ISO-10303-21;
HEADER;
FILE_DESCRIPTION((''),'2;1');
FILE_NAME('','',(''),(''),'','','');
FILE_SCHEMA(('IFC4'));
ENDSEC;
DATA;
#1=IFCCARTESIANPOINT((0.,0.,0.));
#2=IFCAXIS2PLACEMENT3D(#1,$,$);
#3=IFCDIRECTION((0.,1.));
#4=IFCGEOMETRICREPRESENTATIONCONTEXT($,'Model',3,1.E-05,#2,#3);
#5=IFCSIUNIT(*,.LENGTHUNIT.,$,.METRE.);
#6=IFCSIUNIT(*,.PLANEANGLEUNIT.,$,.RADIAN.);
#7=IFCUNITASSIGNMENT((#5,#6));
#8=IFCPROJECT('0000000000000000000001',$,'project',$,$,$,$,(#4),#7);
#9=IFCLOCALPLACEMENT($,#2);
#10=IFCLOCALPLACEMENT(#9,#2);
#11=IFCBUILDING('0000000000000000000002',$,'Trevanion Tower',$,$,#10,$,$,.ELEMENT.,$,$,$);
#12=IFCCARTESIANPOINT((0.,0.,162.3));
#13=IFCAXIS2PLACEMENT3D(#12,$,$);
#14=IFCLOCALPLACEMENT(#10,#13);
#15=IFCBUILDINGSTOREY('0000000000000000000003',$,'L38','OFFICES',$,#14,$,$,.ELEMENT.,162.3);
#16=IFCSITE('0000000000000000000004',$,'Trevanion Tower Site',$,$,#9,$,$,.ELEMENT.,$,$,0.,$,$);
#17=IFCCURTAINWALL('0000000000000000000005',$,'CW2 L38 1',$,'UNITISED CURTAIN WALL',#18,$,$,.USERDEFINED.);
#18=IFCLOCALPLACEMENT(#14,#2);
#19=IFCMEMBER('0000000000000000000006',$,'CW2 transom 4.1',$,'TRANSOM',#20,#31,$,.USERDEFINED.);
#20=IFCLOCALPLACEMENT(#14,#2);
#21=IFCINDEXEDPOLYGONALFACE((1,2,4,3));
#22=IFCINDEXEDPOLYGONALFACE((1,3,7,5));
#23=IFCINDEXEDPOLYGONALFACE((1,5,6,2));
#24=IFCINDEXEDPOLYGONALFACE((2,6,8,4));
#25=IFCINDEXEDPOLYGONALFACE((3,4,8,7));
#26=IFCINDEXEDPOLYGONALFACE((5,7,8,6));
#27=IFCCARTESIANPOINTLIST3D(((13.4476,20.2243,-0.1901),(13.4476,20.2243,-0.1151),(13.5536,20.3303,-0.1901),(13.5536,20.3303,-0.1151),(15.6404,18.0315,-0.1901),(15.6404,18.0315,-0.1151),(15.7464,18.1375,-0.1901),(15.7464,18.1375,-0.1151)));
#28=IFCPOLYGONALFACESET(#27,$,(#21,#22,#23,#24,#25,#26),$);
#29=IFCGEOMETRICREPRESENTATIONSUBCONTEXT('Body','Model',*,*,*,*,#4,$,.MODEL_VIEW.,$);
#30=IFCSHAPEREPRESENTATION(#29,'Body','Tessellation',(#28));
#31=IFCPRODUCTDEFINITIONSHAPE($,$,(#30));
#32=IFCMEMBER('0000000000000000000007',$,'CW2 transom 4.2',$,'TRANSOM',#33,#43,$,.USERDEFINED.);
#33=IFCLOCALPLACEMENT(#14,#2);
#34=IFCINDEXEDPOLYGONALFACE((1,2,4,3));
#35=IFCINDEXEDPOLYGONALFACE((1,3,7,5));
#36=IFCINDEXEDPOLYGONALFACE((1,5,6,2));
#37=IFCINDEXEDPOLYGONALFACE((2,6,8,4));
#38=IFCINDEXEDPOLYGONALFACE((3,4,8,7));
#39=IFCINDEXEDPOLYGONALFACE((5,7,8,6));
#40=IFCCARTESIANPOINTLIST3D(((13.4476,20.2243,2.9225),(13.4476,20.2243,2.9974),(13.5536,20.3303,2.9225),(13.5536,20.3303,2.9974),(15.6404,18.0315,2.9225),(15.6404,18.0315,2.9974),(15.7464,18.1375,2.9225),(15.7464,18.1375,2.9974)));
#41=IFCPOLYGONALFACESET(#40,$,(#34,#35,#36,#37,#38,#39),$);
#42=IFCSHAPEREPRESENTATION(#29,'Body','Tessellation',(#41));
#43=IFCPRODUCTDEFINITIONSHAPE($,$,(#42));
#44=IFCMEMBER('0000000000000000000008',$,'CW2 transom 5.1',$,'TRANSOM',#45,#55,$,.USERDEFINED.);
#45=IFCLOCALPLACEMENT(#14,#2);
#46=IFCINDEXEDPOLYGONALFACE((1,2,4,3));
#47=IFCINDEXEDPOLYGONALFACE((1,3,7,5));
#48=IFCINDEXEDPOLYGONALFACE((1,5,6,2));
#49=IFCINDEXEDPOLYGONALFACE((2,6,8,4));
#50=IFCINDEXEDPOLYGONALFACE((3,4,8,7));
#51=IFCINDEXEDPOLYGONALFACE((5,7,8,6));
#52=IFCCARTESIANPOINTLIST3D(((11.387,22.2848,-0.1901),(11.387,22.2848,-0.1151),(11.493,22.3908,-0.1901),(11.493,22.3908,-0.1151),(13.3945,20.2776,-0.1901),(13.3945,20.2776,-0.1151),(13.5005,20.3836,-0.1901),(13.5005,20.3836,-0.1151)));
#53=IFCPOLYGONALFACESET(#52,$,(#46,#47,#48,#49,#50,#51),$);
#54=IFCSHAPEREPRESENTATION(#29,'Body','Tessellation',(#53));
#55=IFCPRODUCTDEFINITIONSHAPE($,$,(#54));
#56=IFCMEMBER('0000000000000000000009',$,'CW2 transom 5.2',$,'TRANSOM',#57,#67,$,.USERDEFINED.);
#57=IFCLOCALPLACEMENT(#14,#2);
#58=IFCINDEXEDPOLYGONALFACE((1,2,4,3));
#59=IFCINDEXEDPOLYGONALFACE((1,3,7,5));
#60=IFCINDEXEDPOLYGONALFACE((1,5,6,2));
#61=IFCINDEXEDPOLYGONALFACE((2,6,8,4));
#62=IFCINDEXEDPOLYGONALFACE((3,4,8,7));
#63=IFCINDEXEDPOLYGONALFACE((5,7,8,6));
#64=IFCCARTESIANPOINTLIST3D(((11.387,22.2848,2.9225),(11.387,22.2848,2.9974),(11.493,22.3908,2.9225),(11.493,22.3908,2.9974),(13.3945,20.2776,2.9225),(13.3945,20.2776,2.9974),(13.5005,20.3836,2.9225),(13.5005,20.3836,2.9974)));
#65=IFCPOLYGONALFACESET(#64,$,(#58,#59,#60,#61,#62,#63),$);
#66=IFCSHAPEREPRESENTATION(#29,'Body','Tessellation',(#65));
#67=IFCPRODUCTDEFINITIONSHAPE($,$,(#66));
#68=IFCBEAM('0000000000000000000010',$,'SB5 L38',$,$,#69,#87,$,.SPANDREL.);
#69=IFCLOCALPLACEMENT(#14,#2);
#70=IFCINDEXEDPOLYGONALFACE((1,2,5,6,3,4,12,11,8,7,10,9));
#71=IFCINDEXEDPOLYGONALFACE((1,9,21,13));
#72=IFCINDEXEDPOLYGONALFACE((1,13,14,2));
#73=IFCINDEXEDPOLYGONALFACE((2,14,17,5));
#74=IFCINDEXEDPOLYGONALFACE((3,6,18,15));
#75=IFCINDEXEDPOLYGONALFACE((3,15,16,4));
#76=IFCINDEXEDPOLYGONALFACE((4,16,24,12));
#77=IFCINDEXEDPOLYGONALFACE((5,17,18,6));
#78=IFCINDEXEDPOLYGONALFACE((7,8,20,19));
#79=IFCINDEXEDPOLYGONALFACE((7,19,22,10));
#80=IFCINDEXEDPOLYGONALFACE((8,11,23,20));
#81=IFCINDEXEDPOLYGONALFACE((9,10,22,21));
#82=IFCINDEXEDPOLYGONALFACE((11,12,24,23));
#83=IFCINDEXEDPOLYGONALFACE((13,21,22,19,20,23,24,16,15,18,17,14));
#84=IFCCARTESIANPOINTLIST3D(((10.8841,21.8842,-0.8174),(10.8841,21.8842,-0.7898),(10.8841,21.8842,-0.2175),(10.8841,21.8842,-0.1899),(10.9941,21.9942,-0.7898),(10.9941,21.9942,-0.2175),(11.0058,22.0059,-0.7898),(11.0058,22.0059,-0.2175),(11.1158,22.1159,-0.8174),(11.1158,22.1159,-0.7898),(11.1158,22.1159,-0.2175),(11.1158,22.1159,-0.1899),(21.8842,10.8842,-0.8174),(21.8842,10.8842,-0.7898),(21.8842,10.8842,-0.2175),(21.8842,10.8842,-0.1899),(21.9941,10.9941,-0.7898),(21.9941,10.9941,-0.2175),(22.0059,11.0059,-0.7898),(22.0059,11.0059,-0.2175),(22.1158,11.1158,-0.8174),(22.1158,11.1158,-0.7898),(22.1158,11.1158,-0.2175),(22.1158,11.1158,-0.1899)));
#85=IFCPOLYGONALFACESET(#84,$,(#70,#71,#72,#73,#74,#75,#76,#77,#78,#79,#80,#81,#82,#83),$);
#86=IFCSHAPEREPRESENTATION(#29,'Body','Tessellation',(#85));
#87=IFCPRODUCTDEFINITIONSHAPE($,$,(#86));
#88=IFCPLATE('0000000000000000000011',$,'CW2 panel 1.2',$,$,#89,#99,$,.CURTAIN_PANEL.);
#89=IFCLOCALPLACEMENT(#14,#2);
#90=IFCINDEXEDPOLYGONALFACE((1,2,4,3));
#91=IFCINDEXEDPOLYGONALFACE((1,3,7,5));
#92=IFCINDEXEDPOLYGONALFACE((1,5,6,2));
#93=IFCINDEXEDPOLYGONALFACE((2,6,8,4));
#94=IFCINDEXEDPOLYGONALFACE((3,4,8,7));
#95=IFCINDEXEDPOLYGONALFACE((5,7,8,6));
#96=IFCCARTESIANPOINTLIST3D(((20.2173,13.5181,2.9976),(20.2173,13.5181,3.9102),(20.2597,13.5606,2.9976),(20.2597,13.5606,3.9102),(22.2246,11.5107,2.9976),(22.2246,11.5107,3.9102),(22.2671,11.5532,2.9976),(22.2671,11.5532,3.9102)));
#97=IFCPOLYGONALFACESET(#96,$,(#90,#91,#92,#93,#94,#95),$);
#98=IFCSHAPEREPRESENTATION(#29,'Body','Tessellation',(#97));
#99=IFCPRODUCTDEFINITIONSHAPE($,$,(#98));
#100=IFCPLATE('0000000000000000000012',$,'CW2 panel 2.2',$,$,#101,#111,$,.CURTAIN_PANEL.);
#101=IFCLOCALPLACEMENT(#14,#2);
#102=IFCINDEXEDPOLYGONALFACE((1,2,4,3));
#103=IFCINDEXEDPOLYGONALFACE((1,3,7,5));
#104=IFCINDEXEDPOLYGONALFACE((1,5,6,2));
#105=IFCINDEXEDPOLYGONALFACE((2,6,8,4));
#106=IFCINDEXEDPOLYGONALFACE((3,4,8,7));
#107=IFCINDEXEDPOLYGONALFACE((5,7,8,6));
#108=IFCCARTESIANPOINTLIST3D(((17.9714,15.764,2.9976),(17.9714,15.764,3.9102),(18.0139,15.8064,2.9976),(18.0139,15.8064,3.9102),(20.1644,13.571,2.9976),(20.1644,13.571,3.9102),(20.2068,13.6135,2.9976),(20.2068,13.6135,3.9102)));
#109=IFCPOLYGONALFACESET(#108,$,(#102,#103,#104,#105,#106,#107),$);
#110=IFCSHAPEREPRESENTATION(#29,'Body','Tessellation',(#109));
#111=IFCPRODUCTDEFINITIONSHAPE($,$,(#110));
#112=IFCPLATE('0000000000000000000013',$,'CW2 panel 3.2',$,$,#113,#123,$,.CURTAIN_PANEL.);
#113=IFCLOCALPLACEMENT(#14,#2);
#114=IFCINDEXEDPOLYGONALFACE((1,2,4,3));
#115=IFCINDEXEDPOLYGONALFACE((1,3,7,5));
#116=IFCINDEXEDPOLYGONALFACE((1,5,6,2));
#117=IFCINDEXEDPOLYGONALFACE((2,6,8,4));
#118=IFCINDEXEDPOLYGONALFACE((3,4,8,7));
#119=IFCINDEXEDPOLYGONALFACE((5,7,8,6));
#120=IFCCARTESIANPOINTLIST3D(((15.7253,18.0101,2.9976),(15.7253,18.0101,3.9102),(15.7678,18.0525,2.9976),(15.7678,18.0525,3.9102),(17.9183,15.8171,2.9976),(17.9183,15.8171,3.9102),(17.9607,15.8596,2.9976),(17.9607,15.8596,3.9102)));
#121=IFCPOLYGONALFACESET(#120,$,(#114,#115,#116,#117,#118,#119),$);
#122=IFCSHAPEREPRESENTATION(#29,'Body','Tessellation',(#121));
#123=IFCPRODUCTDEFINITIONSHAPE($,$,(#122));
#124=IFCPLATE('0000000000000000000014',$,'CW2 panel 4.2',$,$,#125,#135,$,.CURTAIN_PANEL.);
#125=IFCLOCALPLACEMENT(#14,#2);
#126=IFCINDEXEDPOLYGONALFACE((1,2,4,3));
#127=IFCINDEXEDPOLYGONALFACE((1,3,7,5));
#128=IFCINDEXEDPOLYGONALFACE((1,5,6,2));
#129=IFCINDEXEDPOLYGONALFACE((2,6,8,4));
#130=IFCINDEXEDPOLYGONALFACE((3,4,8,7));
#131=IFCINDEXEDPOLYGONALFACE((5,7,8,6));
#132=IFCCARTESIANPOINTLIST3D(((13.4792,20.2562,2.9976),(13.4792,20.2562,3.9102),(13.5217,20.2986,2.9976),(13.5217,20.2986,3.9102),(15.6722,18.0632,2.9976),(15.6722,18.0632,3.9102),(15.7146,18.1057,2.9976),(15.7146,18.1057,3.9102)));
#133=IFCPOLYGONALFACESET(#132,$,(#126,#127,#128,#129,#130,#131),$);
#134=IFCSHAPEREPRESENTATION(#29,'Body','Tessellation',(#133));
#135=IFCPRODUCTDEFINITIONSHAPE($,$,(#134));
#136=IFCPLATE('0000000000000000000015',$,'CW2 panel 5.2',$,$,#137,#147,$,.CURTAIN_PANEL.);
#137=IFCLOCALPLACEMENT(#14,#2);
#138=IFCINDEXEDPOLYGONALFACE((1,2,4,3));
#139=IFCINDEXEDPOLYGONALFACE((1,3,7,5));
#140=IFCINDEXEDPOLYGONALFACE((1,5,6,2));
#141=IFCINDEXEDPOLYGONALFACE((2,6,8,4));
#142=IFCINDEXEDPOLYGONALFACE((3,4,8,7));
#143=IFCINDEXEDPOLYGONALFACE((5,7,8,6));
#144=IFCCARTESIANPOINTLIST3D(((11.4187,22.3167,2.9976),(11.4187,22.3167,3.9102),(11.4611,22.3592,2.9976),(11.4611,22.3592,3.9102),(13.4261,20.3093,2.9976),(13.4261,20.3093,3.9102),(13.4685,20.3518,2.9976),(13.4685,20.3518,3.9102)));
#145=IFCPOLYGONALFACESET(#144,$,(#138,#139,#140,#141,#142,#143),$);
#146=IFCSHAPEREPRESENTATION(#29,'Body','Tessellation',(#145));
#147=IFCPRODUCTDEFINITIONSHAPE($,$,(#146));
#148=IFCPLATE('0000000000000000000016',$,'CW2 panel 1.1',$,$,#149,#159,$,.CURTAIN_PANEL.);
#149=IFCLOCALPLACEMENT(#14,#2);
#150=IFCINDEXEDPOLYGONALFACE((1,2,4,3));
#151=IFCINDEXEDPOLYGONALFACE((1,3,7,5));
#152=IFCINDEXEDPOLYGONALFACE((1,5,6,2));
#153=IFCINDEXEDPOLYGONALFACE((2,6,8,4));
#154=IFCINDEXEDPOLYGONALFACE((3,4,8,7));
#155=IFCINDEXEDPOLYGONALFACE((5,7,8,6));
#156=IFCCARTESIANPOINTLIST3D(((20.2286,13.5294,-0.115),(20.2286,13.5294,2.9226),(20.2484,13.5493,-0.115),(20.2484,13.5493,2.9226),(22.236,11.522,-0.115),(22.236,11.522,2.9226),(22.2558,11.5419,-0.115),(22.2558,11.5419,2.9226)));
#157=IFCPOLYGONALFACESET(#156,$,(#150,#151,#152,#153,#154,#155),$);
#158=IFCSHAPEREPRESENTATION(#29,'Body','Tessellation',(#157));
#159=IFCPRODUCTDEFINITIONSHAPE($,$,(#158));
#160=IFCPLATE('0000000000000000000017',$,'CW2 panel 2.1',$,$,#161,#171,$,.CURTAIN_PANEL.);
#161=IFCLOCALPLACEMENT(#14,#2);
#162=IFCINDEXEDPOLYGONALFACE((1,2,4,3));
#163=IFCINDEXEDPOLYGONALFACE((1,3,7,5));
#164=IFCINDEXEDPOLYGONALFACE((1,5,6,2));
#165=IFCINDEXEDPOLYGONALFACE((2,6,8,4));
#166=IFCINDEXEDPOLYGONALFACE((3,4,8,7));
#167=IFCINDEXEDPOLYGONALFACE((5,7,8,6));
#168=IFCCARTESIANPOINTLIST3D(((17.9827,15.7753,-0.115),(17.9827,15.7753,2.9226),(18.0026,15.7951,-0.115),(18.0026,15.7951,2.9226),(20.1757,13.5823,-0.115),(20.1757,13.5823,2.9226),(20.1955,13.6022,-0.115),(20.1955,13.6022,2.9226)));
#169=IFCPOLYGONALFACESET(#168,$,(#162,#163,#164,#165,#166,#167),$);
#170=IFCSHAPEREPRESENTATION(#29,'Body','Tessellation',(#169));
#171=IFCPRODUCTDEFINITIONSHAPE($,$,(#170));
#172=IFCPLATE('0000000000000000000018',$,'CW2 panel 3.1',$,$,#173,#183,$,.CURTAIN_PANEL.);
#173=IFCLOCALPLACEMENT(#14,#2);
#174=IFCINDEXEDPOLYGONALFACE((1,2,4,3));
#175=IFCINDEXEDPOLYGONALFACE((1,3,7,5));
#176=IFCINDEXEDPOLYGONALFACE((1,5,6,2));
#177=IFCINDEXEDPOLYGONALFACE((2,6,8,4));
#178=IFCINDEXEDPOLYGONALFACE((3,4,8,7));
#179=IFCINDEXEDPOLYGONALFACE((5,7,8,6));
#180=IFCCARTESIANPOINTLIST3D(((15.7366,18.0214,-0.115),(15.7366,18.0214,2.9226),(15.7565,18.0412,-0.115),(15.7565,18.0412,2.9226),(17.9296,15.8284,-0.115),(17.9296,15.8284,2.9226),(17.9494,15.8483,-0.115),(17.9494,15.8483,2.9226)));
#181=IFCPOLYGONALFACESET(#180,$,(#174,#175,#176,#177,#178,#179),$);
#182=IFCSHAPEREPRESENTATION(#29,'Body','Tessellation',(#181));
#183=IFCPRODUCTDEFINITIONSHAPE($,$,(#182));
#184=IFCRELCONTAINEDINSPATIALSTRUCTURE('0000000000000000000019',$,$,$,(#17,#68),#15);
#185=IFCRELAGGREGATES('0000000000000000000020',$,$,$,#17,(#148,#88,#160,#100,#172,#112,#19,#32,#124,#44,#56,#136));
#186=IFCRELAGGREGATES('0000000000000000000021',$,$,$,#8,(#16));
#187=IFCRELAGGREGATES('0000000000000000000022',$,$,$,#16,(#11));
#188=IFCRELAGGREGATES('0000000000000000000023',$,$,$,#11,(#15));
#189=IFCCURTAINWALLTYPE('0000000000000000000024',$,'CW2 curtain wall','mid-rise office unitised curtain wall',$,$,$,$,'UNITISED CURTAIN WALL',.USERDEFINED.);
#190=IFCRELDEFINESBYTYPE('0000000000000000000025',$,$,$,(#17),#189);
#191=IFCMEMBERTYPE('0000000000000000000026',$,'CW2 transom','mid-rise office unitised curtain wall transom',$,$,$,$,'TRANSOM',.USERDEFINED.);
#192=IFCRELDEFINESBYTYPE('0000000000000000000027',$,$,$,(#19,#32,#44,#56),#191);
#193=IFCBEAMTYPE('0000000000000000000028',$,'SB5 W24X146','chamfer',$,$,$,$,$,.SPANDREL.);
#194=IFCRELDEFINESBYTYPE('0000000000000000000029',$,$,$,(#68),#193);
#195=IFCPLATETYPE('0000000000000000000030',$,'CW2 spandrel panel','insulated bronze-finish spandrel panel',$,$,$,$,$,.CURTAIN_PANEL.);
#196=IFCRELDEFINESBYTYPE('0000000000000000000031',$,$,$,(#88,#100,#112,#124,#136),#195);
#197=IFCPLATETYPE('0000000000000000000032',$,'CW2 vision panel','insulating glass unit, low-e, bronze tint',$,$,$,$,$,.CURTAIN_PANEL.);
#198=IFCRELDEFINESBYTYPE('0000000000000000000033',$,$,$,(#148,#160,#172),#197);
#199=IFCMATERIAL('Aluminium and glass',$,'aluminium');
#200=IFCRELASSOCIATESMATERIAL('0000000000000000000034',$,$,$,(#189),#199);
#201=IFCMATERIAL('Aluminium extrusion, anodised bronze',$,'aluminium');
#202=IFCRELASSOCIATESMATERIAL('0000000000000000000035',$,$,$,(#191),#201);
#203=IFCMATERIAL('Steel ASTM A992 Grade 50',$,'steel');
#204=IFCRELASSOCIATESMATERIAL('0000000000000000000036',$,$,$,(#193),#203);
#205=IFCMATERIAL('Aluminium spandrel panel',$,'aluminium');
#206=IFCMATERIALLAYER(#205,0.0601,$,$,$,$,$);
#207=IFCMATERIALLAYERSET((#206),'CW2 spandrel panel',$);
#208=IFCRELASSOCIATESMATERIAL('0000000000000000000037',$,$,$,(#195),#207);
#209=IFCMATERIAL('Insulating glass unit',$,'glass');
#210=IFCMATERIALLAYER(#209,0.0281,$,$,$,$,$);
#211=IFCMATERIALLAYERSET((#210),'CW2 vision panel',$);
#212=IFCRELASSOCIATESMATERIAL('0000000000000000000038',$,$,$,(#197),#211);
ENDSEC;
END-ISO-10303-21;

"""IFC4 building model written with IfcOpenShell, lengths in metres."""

from ifc_helpers import new_model, si_unit, direction, frame, origin, origin_2d, place, context, subcontext, project, spatial, rectangle, i_section, extrude, material, layer, layer_set, material_profile, profile_set, type_object, element, aggregate, save


model = new_model("IFC4")

# Units and contexts
model_context = context("Model", 3, precision=1e-05, world=origin(), true_north=direction((0.0, 1.0)))
body_context = subcontext(model_context, "Body", "Model", "MODEL_VIEW")
ifc_project = project(units=[si_unit("LENGTHUNIT", "METRE"), si_unit("PLANEANGLEUNIT", "RADIAN")], contexts=[model_context])

# Site, building, storey
site_placement = place(None, origin())
site = spatial("IfcSite", under=ifc_project, at=site_placement, Name="Trevanion Tower Site", CompositionType="ELEMENT", RefElevation=0.0)
building_placement = place(site_placement, origin())
building = spatial("IfcBuilding", under=site, at=building_placement, Name="Trevanion Tower", CompositionType="ELEMENT")
storey_placement = place(building_placement, frame((0.0, 0.0, 162.3)))
storey = spatial("IfcBuildingStorey", under=building, at=storey_placement, Name="L38", Description="OFFICES", CompositionType="ELEMENT", Elevation=162.3)

# Curtain wall
ifc_material_1 = material(Name="Aluminium and glass", Category="aluminium")
curtain_wall_type = type_object("IfcCurtainWallType", Name="CW2 curtain wall", Description="mid-rise office unitised curtain wall", ElementType="UNITISED CURTAIN WALL", PredefinedType="USERDEFINED", material=ifc_material_1)
curtain_wall_1_placement = place(storey_placement, origin())
curtain_wall_1 = element("IfcCurtainWall", 1, at=curtain_wall_1_placement, inside=storey, type_object=curtain_wall_type, Name="CW2 L38 1", ObjectType="UNITISED CURTAIN WALL", PredefinedType="USERDEFINED")

# Members
ifc_material_2 = material(Name="Aluminium extrusion, anodised bronze", Category="aluminium")
ifc_material_profile_1 = material_profile(ifc_material_2, rectangle(XDim=0.1499, YDim=0.075, at=origin_2d()), Name="CW2 transom")
ifc_profile_set_1 = profile_set([ifc_material_profile_1], Name="Aluminium extrusion, anodised bronze")
member_type_1 = type_object("IfcMemberType", Name="CW2 transom", Description="mid-rise office unitised curtain wall transom", ElementType="TRANSOM", PredefinedType="USERDEFINED", material=ifc_profile_set_1)
member_1_placement = place(storey_placement, frame((15.6934, 18.0845, -0.1526), z_axis=(-0.707107, 0.707107, 0.0), x_axis=(-0.707107, -0.707107, 0.0)))
member_1 = element("IfcMember", 2, at=member_1_placement, type_object=member_type_1, Name="CW2 transom 4.1", ObjectType="TRANSOM", PredefinedType="USERDEFINED", context=body_context, shape_type="SweptSolid", body=[
    extrude(rectangle(XDim=0.1499, YDim=0.075, at=origin_2d()), origin(), (0.0, 0.0, 1.0), 3.1011),
])
member_2_placement = place(storey_placement, frame((15.6934, 18.0845, 2.96), z_axis=(-0.707107, 0.707107, 0.0), x_axis=(-0.707107, -0.707107, 0.0)))
member_2 = element("IfcMember", 3, at=member_2_placement, type_object=member_type_1, Name="CW2 transom 4.2", ObjectType="TRANSOM", PredefinedType="USERDEFINED", context=body_context, shape_type="SweptSolid", body=[
    extrude(rectangle(XDim=0.1499, YDim=0.075, at=origin_2d()), origin(), (0.0, 0.0, 1.0), 3.1011),
])
member_3_placement = place(storey_placement, frame((13.4475, 20.3306, -0.1526), z_axis=(-0.70715, 0.707064, 0.0), x_axis=(-0.707064, -0.70715, 0.0)))
member_3 = element("IfcMember", 4, at=member_3_placement, type_object=member_type_1, Name="CW2 transom 5.1", ObjectType="TRANSOM", PredefinedType="USERDEFINED", context=body_context, shape_type="SweptSolid", body=[
    extrude(rectangle(XDim=0.1499, YDim=0.075, at=origin_2d()), origin(), (0.0, 0.0, 1.0), 2.8389),
])
member_4_placement = place(storey_placement, frame((13.4475, 20.3306, 2.96), z_axis=(-0.70715, 0.707064, 0.0), x_axis=(-0.707064, -0.70715, 0.0)))
member_4 = element("IfcMember", 5, at=member_4_placement, type_object=member_type_1, Name="CW2 transom 5.2", ObjectType="TRANSOM", PredefinedType="USERDEFINED", context=body_context, shape_type="SweptSolid", body=[
    extrude(rectangle(XDim=0.1499, YDim=0.075, at=origin_2d()), origin(), (0.0, 0.0, 1.0), 2.8389),
])

# Beam
ifc_material_3 = material(Name="Steel ASTM A992 Grade 50", Category="steel")
ifc_material_profile_2 = material_profile(ifc_material_3, i_section(OverallWidth=0.3276, OverallDepth=0.6274, WebThickness=0.0166, FlangeThickness=0.0276, at=origin_2d()), Name="W24X146")
ifc_profile_set_2 = profile_set([ifc_material_profile_2], Name="Steel ASTM A992 Grade 50")
beam_type_1 = type_object("IfcBeamType", Name="SB5 W24X146", Description="chamfer", PredefinedType="SPANDREL", material=ifc_profile_set_2)
beam_1_placement = place(storey_placement, frame((22.0, 11.0, -0.5037), z_axis=(-0.707107, 0.707107, 0.0), x_axis=(-0.707107, -0.707107, 0.0)))
element("IfcBeam", 6, at=beam_1_placement, inside=storey, type_object=beam_type_1, Name="SB5 L38", PredefinedType="SPANDREL", context=body_context, shape_type="SweptSolid", body=[
    extrude(i_section(OverallWidth=0.3276, OverallDepth=0.6274, WebThickness=0.0166, FlangeThickness=0.0276, at=origin_2d()), origin(), (0.0, 0.0, 1.0), 15.5564),
])

# Plates
ifc_material_4 = material(Name="Aluminium spandrel panel", Category="aluminium")
ifc_layer_1 = layer(ifc_material_4, 0.0601)
ifc_layer_set_1 = layer_set([ifc_layer_1], Name="CW2 spandrel panel")
plate_type_1 = type_object("IfcPlateType", Name="CW2 spandrel panel", Description="insulated bronze-finish spandrel panel", PredefinedType="CURTAIN_PANEL", material=ifc_layer_set_1)
plate_1_placement = place(storey_placement, frame((21.2422, 12.5356, 2.9976), z_axis=(0.0, 0.0, 1.0), x_axis=(-0.707107, 0.707107, 0.0)))
plate_1 = element("IfcPlate", 7, at=plate_1_placement, type_object=plate_type_1, Name="CW2 panel 1.2", PredefinedType="CURTAIN_PANEL", context=body_context, shape_type="SweptSolid", body=[
    extrude(rectangle(XDim=2.8389, YDim=0.0601, at=origin_2d()), origin(), (0.0, 0.0, 1.0), 0.9126),
])
plate_2_placement = place(storey_placement, frame((19.0891, 14.6887, 2.9976), z_axis=(0.0, 0.0, 1.0), x_axis=(-0.707107, 0.707107, 0.0)))
plate_2 = element("IfcPlate", 8, at=plate_2_placement, type_object=plate_type_1, Name="CW2 panel 2.2", PredefinedType="CURTAIN_PANEL", context=body_context, shape_type="SweptSolid", body=[
    extrude(rectangle(XDim=3.1013, YDim=0.0601, at=origin_2d()), origin(), (0.0, 0.0, 1.0), 0.9126),
])
plate_3_placement = place(storey_placement, frame((16.843, 16.9348, 2.9976), z_axis=(0.0, 0.0, 1.0), x_axis=(-0.707107, 0.707107, 0.0)))
plate_3 = element("IfcPlate", 9, at=plate_3_placement, type_object=plate_type_1, Name="CW2 panel 3.2", PredefinedType="CURTAIN_PANEL", context=body_context, shape_type="SweptSolid", body=[
    extrude(rectangle(XDim=3.1013, YDim=0.0601, at=origin_2d()), origin(), (0.0, 0.0, 1.0), 0.9126),
])
plate_4_placement = place(storey_placement, frame((14.5969, 19.1809, 2.9976), z_axis=(0.0, 0.0, 1.0), x_axis=(-0.707107, 0.707107, 0.0)))
plate_4 = element("IfcPlate", 10, at=plate_4_placement, type_object=plate_type_1, Name="CW2 panel 4.2", PredefinedType="CURTAIN_PANEL", context=body_context, shape_type="SweptSolid", body=[
    extrude(rectangle(XDim=3.1013, YDim=0.0601, at=origin_2d()), origin(), (0.0, 0.0, 1.0), 0.9126),
])
plate_5_placement = place(storey_placement, frame((12.4436, 21.3342, 2.9976), z_axis=(0.0, 0.0, 1.0), x_axis=(-0.707107, 0.707107, 0.0)))
plate_5 = element("IfcPlate", 11, at=plate_5_placement, type_object=plate_type_1, Name="CW2 panel 5.2", PredefinedType="CURTAIN_PANEL", context=body_context, shape_type="SweptSolid", body=[
    extrude(rectangle(XDim=2.8389, YDim=0.0601, at=origin_2d()), origin(), (0.0, 0.0, 1.0), 0.9126),
])
ifc_material_5 = material(Name="Insulating glass unit", Category="glass")
ifc_layer_2 = layer(ifc_material_5, 0.0281)
ifc_layer_set_2 = layer_set([ifc_layer_2], Name="CW2 vision panel")
plate_type_2 = type_object("IfcPlateType", Name="CW2 vision panel", Description="insulating glass unit, low-e, bronze tint", PredefinedType="CURTAIN_PANEL", material=ifc_layer_set_2)
plate_6_placement = place(storey_placement, frame((21.2422, 12.5356, -0.115), z_axis=(0.0, 0.0, 1.0), x_axis=(-0.707107, 0.707107, 0.0)))
plate_6 = element("IfcPlate", 12, at=plate_6_placement, type_object=plate_type_2, Name="CW2 panel 1.1", PredefinedType="CURTAIN_PANEL", context=body_context, shape_type="SweptSolid", body=[
    extrude(rectangle(XDim=2.8389, YDim=0.0281, at=origin_2d()), origin(), (0.0, 0.0, 1.0), 3.0376),
])
plate_7_placement = place(storey_placement, frame((19.0891, 14.6887, -0.115), z_axis=(0.0, 0.0, 1.0), x_axis=(-0.707107, 0.707107, 0.0)))
plate_7 = element("IfcPlate", 13, at=plate_7_placement, type_object=plate_type_2, Name="CW2 panel 2.1", PredefinedType="CURTAIN_PANEL", context=body_context, shape_type="SweptSolid", body=[
    extrude(rectangle(XDim=3.1013, YDim=0.0281, at=origin_2d()), origin(), (0.0, 0.0, 1.0), 3.0376),
])
plate_8_placement = place(storey_placement, frame((16.843, 16.9348, -0.115), z_axis=(0.0, 0.0, 1.0), x_axis=(-0.707107, 0.707107, 0.0)))
plate_8 = element("IfcPlate", 14, at=plate_8_placement, type_object=plate_type_2, Name="CW2 panel 3.1", PredefinedType="CURTAIN_PANEL", context=body_context, shape_type="SweptSolid", body=[
    extrude(rectangle(XDim=3.1013, YDim=0.0281, at=origin_2d()), origin(), (0.0, 0.0, 1.0), 3.0376),
])
aggregate(curtain_wall_1, [plate_6, plate_1, plate_7, plate_2, plate_8, plate_3, member_1, member_2, plate_4, member_3, member_4, plate_5])

save(model, "model.ifc")
